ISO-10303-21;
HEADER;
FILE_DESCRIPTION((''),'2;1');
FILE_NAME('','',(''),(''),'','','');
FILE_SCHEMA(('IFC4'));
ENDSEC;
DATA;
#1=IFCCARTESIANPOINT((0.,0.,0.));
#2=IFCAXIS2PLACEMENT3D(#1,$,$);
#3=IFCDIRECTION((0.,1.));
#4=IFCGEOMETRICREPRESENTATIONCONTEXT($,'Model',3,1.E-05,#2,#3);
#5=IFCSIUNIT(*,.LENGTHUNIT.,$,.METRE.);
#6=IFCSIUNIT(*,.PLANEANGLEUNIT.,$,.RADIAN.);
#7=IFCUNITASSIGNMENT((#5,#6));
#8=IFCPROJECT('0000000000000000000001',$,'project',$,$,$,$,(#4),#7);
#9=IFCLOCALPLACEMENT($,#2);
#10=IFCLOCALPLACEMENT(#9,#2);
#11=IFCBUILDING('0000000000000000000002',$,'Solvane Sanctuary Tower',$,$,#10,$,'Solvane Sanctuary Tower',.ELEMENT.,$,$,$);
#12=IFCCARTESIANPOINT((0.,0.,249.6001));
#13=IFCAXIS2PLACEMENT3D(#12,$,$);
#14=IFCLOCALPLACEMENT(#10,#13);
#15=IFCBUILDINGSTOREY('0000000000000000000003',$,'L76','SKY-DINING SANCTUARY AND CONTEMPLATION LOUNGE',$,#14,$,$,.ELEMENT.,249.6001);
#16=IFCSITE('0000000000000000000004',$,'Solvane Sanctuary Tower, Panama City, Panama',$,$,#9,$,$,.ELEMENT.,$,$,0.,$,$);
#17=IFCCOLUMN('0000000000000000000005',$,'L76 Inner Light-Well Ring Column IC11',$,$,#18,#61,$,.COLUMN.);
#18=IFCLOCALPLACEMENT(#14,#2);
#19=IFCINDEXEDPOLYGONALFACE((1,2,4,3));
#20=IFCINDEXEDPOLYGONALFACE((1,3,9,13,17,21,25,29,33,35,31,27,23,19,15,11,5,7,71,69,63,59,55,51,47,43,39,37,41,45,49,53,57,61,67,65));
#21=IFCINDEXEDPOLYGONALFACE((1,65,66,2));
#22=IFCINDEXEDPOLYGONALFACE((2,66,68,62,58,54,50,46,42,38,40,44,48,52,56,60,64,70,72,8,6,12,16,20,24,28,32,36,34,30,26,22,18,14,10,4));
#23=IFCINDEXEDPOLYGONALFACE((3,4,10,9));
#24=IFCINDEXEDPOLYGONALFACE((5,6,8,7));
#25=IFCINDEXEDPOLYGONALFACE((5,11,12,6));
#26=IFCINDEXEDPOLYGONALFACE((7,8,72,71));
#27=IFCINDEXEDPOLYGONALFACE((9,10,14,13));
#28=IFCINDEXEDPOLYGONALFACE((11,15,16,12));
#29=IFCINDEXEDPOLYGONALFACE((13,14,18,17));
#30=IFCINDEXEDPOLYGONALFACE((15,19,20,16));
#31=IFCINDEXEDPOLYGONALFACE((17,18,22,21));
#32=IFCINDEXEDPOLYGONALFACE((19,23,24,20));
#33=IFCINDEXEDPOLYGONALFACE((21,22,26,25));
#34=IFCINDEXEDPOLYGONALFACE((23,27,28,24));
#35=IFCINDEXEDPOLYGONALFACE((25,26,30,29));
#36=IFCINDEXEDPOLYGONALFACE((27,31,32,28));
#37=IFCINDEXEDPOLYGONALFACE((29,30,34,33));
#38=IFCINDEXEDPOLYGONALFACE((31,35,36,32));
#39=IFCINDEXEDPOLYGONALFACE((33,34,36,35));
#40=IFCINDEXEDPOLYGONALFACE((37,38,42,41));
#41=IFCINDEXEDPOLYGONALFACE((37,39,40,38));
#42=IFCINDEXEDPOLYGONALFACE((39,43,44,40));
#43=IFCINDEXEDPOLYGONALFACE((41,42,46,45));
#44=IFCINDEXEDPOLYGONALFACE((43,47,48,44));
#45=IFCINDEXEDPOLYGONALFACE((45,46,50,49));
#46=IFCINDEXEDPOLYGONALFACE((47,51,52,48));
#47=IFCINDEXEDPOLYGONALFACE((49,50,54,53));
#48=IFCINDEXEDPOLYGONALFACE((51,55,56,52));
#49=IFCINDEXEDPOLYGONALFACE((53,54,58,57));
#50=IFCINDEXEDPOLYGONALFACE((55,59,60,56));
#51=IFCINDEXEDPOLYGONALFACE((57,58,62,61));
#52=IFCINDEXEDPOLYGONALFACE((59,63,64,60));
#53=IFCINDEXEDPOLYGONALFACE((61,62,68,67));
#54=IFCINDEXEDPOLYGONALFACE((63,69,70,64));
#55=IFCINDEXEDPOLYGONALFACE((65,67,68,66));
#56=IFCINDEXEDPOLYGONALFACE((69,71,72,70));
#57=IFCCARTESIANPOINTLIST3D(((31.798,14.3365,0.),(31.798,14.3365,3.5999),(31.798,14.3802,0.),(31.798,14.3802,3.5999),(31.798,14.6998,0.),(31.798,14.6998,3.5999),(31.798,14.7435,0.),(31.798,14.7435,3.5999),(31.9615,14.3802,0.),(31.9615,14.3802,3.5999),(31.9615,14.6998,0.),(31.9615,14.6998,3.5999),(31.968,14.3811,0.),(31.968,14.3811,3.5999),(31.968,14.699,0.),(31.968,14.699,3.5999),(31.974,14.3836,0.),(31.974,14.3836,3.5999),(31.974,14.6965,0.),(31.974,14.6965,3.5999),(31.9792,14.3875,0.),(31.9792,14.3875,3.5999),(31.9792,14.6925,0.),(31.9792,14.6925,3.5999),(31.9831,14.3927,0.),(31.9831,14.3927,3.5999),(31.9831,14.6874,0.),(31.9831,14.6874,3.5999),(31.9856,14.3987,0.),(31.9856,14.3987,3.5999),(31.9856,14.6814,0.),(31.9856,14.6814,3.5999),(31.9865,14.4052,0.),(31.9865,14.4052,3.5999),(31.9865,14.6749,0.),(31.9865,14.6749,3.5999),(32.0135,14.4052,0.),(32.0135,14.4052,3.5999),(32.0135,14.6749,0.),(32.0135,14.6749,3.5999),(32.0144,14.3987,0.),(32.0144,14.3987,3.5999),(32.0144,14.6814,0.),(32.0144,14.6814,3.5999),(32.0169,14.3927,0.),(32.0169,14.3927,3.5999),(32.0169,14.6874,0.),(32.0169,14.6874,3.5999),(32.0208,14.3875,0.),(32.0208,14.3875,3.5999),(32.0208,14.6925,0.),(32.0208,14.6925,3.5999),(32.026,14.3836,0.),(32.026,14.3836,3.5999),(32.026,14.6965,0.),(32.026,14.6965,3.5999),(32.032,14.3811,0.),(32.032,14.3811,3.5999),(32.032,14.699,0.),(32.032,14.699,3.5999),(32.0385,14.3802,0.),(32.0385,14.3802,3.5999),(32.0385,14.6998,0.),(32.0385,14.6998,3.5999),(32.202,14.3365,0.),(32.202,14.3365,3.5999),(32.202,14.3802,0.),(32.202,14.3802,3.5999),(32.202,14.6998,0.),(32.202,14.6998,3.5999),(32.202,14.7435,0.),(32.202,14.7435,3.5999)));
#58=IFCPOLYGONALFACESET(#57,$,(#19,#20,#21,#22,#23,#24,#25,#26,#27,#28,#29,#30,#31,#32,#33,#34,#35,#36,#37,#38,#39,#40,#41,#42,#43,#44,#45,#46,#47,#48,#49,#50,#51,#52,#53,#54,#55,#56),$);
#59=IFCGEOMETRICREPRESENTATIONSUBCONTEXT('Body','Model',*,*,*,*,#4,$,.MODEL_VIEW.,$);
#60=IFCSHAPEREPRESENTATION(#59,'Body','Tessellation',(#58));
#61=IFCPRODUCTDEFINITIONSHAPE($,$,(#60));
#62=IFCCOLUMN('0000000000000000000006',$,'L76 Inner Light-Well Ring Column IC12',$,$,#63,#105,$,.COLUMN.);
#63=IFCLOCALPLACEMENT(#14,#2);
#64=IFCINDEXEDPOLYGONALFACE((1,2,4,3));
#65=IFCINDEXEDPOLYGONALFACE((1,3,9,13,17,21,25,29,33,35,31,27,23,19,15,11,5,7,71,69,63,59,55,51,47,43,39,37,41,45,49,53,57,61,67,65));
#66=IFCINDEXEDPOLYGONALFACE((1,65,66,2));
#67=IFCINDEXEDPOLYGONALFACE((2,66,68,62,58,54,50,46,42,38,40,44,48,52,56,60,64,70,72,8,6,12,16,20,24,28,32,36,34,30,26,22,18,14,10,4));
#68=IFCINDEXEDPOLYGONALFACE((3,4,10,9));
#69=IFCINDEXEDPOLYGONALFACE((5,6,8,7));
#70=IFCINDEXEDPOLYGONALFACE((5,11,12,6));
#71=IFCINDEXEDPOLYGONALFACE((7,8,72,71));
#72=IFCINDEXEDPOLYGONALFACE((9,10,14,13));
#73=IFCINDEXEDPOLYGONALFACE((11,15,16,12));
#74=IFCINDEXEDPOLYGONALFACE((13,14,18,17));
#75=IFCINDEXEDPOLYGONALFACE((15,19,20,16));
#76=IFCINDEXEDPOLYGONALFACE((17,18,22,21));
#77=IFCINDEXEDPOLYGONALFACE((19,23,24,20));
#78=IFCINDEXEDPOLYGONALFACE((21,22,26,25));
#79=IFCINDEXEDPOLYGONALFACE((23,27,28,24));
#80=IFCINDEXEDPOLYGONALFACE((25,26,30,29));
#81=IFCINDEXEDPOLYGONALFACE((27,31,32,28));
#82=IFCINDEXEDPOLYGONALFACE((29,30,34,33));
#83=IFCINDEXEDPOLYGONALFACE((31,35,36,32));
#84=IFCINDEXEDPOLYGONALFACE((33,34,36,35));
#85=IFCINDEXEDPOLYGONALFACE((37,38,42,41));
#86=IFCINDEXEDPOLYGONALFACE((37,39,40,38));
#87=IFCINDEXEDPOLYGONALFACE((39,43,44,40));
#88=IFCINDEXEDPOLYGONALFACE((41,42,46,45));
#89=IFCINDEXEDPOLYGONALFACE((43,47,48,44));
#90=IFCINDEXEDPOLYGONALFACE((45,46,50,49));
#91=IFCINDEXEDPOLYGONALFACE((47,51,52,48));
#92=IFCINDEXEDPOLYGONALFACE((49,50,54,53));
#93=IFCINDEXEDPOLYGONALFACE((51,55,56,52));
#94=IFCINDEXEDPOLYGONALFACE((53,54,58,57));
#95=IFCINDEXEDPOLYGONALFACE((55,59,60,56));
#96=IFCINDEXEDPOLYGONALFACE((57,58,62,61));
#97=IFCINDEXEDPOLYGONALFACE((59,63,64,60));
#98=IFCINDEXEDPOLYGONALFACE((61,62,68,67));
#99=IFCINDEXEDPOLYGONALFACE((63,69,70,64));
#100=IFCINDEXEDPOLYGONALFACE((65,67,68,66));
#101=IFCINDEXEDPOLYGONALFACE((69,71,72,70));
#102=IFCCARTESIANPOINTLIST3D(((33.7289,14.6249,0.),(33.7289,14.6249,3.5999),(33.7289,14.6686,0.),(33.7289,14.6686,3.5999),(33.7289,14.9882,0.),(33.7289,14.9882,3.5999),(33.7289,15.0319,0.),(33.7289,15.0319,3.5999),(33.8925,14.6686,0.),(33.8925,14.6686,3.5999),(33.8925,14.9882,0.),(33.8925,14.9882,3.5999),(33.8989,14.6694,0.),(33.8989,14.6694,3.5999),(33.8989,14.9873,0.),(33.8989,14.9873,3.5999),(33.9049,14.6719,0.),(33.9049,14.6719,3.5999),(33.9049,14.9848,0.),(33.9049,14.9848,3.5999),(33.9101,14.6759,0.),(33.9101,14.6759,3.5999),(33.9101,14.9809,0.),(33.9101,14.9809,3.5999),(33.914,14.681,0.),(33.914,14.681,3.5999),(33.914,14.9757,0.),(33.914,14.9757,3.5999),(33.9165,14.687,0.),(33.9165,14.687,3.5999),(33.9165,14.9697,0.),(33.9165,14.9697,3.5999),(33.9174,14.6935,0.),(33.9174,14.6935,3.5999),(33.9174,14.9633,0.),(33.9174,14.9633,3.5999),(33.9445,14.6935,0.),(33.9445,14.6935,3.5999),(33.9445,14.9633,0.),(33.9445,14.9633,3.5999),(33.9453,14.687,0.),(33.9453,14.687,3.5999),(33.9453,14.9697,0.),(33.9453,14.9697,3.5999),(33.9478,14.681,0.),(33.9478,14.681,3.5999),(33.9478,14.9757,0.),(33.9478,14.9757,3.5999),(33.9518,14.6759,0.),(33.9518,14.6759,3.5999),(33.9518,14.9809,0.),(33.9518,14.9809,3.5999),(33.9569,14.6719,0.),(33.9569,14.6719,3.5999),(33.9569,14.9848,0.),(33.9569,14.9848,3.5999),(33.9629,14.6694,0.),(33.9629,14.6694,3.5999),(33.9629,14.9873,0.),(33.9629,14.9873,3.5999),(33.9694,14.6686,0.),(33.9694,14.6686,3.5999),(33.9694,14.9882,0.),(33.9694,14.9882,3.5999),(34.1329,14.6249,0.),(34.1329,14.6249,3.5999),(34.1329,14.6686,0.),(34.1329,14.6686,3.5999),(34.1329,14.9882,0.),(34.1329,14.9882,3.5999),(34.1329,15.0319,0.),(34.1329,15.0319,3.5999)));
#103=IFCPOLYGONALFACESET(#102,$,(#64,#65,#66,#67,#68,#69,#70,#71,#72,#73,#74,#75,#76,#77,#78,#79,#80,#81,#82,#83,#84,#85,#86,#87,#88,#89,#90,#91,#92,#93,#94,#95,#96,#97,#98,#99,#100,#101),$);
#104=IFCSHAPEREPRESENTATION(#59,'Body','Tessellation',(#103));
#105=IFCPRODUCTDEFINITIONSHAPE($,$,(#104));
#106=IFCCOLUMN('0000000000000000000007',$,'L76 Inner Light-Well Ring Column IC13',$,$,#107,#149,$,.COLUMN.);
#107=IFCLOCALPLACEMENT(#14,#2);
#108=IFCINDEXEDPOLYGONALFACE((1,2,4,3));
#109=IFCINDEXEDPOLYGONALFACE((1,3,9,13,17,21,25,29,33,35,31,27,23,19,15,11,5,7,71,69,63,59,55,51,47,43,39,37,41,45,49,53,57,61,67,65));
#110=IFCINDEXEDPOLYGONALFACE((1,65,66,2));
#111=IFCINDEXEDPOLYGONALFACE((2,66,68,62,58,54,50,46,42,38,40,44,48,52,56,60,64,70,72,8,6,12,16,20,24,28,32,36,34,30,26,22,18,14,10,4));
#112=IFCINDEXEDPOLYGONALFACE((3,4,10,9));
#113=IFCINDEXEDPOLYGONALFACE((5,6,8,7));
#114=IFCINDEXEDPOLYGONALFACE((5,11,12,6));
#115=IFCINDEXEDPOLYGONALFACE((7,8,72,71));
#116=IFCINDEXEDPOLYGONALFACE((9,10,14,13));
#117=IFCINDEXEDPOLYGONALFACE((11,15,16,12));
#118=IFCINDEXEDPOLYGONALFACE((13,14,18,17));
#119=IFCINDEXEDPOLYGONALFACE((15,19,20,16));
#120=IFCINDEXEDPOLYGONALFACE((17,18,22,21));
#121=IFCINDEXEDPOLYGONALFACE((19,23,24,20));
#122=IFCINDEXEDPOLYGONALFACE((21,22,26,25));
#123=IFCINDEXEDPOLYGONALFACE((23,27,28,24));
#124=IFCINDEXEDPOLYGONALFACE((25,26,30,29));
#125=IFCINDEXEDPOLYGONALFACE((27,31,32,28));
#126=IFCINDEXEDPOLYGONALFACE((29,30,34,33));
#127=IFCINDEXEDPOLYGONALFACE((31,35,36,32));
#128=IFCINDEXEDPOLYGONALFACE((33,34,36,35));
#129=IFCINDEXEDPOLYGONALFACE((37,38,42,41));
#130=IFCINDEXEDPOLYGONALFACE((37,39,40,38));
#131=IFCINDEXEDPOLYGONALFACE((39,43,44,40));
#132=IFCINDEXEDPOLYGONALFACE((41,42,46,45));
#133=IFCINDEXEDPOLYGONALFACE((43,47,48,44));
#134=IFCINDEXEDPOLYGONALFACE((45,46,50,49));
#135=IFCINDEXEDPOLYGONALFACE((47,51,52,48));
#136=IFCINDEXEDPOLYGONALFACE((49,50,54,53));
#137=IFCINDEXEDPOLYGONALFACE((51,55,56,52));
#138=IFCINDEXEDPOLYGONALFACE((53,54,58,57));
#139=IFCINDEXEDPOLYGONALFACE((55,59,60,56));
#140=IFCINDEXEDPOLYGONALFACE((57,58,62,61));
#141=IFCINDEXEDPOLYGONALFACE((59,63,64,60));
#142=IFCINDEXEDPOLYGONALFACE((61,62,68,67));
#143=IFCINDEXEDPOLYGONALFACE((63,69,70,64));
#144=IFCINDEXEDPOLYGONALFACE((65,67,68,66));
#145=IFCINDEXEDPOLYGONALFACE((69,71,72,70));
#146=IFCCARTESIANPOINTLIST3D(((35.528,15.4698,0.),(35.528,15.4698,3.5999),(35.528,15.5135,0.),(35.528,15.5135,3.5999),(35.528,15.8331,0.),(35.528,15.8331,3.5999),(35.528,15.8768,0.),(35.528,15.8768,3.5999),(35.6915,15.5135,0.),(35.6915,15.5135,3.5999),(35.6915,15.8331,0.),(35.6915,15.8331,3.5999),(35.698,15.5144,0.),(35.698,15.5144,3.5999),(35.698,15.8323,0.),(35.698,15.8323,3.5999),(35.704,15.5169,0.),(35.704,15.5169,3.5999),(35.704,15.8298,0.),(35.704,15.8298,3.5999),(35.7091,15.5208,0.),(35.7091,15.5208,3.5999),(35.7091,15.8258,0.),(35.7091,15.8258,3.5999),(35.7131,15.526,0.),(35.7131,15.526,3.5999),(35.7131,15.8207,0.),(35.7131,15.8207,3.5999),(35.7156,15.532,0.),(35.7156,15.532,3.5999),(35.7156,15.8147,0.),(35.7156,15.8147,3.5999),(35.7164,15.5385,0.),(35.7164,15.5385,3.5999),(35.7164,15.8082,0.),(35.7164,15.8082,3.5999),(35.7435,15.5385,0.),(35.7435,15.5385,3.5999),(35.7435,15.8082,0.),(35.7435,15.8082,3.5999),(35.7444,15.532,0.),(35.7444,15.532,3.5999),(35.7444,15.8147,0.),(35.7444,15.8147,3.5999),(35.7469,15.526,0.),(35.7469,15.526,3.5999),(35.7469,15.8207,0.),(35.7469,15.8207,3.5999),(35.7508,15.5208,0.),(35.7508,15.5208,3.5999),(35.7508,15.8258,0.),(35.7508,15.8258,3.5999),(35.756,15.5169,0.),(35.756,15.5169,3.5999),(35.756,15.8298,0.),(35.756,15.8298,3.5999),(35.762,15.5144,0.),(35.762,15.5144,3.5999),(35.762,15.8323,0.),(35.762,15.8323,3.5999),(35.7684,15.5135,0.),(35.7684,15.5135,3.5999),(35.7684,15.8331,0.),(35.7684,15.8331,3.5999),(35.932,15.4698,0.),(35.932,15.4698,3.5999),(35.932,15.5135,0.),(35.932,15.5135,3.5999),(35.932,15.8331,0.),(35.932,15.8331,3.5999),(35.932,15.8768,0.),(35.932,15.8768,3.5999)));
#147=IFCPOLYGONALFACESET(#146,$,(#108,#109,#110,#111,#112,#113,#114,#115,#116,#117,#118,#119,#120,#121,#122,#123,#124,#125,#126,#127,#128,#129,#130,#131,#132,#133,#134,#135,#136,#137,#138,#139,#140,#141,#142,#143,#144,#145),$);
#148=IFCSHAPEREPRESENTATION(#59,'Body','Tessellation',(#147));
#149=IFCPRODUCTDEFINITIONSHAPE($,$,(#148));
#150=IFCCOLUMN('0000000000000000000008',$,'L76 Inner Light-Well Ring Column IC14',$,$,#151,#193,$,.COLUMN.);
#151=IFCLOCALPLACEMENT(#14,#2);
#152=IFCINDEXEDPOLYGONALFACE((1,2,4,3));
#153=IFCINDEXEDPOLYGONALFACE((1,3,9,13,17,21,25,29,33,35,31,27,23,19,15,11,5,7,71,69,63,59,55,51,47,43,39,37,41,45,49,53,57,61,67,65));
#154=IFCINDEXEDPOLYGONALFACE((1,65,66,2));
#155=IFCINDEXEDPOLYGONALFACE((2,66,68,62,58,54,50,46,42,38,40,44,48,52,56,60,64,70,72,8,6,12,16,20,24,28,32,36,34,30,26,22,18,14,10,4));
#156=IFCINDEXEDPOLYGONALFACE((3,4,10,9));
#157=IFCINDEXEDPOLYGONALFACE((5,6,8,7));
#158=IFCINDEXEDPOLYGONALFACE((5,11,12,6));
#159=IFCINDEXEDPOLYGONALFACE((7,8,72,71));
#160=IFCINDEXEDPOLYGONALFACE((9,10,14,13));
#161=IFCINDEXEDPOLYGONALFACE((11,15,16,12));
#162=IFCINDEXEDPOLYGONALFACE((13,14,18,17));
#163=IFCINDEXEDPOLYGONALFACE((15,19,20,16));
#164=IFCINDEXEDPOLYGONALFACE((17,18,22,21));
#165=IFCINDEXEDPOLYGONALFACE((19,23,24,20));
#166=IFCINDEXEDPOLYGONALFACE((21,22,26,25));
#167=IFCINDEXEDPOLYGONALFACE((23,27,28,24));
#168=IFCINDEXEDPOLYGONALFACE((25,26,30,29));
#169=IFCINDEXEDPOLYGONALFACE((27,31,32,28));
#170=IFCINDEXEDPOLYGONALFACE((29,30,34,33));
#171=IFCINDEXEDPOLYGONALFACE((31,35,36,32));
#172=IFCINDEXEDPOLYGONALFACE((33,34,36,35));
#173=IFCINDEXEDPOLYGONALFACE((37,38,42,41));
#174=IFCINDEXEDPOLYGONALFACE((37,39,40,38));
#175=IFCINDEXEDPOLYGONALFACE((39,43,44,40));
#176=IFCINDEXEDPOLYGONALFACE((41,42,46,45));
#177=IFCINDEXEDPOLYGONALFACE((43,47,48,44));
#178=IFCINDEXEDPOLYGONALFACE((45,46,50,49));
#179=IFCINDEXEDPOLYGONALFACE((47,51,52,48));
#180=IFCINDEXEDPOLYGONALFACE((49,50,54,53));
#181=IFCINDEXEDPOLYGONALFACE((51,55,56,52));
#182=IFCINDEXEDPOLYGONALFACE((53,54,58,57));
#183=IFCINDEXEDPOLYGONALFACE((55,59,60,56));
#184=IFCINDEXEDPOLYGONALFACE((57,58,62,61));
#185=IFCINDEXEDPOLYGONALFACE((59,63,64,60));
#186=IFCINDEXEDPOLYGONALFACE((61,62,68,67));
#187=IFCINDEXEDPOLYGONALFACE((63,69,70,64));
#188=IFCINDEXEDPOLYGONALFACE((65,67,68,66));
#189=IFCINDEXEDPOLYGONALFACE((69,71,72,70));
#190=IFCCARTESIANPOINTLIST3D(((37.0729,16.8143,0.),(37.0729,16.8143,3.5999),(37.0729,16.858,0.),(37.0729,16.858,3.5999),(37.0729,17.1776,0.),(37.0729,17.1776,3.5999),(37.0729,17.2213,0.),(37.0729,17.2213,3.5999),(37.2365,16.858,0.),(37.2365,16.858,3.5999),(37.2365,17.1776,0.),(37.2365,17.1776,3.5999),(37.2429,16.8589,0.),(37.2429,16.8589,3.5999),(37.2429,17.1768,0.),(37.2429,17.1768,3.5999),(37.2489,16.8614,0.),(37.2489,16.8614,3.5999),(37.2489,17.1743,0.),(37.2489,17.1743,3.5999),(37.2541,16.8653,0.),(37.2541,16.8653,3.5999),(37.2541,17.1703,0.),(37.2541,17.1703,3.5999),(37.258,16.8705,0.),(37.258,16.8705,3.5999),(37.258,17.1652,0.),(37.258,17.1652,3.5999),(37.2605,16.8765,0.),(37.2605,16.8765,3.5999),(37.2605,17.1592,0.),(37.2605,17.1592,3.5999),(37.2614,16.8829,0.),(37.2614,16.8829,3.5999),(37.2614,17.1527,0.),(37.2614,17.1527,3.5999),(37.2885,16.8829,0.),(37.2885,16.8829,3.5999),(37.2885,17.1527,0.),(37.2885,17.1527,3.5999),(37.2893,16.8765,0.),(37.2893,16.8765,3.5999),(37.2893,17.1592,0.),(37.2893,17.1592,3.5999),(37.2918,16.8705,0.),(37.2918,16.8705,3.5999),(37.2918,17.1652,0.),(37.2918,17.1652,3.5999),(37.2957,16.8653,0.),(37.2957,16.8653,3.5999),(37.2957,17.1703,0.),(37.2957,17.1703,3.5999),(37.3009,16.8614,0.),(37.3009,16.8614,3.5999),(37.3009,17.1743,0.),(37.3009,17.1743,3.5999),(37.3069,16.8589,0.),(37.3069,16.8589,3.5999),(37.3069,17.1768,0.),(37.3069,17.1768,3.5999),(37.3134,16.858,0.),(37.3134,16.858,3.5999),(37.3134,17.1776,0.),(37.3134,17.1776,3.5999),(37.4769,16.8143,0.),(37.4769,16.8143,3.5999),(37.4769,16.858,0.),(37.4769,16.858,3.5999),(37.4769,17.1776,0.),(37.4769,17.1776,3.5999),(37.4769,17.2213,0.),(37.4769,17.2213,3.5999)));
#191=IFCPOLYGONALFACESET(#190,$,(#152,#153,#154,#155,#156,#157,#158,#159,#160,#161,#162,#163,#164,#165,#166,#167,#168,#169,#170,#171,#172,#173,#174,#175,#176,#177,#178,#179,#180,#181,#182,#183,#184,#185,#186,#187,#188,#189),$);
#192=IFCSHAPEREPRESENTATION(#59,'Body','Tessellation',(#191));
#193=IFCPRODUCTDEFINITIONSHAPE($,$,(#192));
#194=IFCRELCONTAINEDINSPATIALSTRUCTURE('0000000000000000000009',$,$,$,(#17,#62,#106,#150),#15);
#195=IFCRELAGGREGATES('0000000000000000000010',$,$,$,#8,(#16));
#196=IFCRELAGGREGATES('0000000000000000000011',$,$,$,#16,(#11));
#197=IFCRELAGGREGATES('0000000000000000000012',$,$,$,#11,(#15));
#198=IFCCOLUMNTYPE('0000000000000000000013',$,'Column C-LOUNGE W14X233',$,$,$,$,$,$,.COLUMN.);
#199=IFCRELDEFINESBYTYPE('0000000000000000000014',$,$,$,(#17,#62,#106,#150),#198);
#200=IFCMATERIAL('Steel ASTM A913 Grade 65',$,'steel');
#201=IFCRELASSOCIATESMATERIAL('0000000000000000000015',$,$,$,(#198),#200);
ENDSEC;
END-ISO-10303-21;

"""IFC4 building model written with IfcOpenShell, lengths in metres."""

from ifc_helpers import new_model, si_unit, direction, frame, origin, origin_2d, place, context, subcontext, project, spatial, i_section, extrude, material, material_profile, profile_set, type_object, element, save


model = new_model("IFC4")

# Units and contexts
model_context = context("Model", 3, precision=1e-05, world=origin(), true_north=direction((0.0, 1.0)))
body_context = subcontext(model_context, "Body", "Model", "MODEL_VIEW")
ifc_project = project(units=[si_unit("LENGTHUNIT", "METRE"), si_unit("PLANEANGLEUNIT", "RADIAN")], contexts=[model_context])

# Site, building, storey
site_placement = place(None, origin())
site = spatial("IfcSite", under=ifc_project, at=site_placement, Name="Solvane Sanctuary Tower, Panama City, Panama", CompositionType="ELEMENT", RefElevation=0.0)
building_placement = place(site_placement, origin())
building = spatial("IfcBuilding", under=site, at=building_placement, Name="Solvane Sanctuary Tower", LongName="Solvane Sanctuary Tower", CompositionType="ELEMENT")
storey_placement = place(building_placement, frame((0.0, 0.0, 249.6001)))
storey = spatial("IfcBuildingStorey", under=building, at=storey_placement, Name="L76", Description="SKY-DINING SANCTUARY AND CONTEMPLATION LOUNGE", CompositionType="ELEMENT", Elevation=249.6001)

# Columns
ifc_material_1 = material(Name="Steel ASTM A913 Grade 65", Category="steel")
ifc_material_profile_1 = material_profile(ifc_material_1, i_section(OverallWidth=0.4041, OverallDepth=0.407, WebThickness=0.0271, FlangeThickness=0.0437, FilletRadius=0.0249, at=origin_2d()), Name="W14X233")
ifc_profile_set_1 = profile_set([ifc_material_profile_1], Name="Steel ASTM A913 Grade 65")
column_type = type_object("IfcColumnType", Name="Column C-LOUNGE W14X233", PredefinedType="COLUMN", material=ifc_profile_set_1)
for number, where, z_axis, x_axis, name in (
    (1, (32.0, 14.54, 0.0), (0.0, 0.0, 1.0), (1.0, 0.0, 0.0), "L76 Inner Light-Well Ring Column IC11"),
    (2, (33.9309, 14.8284, 0.0), (0.0, 0.0, 1.0), (1.0, 0.0, 0.0), "L76 Inner Light-Well Ring Column IC12"),
    (3, (35.73, 15.6733, 0.0), (0.0, 0.0, 1.0), (1.0, 0.0, 0.0), "L76 Inner Light-Well Ring Column IC13"),
    (4, (37.2749, 17.0178, 0.0), (0.0, 0.0, 1.0), (1.0, 0.0, 0.0), "L76 Inner Light-Well Ring Column IC14"),
):
    element("IfcColumn", number, at=place(storey_placement, frame(where, z_axis=z_axis, x_axis=x_axis)), inside=storey, type_object=column_type, Name=name, PredefinedType="COLUMN", context=body_context, shape_type="SweptSolid", body=[
        extrude(i_section(OverallWidth=0.4041, OverallDepth=0.407, WebThickness=0.0271, FlangeThickness=0.0437, FilletRadius=0.0249, at=origin_2d()), origin(), (0.0, 0.0, 1.0), 3.5999),
    ])

save(model, "model.ifc")
